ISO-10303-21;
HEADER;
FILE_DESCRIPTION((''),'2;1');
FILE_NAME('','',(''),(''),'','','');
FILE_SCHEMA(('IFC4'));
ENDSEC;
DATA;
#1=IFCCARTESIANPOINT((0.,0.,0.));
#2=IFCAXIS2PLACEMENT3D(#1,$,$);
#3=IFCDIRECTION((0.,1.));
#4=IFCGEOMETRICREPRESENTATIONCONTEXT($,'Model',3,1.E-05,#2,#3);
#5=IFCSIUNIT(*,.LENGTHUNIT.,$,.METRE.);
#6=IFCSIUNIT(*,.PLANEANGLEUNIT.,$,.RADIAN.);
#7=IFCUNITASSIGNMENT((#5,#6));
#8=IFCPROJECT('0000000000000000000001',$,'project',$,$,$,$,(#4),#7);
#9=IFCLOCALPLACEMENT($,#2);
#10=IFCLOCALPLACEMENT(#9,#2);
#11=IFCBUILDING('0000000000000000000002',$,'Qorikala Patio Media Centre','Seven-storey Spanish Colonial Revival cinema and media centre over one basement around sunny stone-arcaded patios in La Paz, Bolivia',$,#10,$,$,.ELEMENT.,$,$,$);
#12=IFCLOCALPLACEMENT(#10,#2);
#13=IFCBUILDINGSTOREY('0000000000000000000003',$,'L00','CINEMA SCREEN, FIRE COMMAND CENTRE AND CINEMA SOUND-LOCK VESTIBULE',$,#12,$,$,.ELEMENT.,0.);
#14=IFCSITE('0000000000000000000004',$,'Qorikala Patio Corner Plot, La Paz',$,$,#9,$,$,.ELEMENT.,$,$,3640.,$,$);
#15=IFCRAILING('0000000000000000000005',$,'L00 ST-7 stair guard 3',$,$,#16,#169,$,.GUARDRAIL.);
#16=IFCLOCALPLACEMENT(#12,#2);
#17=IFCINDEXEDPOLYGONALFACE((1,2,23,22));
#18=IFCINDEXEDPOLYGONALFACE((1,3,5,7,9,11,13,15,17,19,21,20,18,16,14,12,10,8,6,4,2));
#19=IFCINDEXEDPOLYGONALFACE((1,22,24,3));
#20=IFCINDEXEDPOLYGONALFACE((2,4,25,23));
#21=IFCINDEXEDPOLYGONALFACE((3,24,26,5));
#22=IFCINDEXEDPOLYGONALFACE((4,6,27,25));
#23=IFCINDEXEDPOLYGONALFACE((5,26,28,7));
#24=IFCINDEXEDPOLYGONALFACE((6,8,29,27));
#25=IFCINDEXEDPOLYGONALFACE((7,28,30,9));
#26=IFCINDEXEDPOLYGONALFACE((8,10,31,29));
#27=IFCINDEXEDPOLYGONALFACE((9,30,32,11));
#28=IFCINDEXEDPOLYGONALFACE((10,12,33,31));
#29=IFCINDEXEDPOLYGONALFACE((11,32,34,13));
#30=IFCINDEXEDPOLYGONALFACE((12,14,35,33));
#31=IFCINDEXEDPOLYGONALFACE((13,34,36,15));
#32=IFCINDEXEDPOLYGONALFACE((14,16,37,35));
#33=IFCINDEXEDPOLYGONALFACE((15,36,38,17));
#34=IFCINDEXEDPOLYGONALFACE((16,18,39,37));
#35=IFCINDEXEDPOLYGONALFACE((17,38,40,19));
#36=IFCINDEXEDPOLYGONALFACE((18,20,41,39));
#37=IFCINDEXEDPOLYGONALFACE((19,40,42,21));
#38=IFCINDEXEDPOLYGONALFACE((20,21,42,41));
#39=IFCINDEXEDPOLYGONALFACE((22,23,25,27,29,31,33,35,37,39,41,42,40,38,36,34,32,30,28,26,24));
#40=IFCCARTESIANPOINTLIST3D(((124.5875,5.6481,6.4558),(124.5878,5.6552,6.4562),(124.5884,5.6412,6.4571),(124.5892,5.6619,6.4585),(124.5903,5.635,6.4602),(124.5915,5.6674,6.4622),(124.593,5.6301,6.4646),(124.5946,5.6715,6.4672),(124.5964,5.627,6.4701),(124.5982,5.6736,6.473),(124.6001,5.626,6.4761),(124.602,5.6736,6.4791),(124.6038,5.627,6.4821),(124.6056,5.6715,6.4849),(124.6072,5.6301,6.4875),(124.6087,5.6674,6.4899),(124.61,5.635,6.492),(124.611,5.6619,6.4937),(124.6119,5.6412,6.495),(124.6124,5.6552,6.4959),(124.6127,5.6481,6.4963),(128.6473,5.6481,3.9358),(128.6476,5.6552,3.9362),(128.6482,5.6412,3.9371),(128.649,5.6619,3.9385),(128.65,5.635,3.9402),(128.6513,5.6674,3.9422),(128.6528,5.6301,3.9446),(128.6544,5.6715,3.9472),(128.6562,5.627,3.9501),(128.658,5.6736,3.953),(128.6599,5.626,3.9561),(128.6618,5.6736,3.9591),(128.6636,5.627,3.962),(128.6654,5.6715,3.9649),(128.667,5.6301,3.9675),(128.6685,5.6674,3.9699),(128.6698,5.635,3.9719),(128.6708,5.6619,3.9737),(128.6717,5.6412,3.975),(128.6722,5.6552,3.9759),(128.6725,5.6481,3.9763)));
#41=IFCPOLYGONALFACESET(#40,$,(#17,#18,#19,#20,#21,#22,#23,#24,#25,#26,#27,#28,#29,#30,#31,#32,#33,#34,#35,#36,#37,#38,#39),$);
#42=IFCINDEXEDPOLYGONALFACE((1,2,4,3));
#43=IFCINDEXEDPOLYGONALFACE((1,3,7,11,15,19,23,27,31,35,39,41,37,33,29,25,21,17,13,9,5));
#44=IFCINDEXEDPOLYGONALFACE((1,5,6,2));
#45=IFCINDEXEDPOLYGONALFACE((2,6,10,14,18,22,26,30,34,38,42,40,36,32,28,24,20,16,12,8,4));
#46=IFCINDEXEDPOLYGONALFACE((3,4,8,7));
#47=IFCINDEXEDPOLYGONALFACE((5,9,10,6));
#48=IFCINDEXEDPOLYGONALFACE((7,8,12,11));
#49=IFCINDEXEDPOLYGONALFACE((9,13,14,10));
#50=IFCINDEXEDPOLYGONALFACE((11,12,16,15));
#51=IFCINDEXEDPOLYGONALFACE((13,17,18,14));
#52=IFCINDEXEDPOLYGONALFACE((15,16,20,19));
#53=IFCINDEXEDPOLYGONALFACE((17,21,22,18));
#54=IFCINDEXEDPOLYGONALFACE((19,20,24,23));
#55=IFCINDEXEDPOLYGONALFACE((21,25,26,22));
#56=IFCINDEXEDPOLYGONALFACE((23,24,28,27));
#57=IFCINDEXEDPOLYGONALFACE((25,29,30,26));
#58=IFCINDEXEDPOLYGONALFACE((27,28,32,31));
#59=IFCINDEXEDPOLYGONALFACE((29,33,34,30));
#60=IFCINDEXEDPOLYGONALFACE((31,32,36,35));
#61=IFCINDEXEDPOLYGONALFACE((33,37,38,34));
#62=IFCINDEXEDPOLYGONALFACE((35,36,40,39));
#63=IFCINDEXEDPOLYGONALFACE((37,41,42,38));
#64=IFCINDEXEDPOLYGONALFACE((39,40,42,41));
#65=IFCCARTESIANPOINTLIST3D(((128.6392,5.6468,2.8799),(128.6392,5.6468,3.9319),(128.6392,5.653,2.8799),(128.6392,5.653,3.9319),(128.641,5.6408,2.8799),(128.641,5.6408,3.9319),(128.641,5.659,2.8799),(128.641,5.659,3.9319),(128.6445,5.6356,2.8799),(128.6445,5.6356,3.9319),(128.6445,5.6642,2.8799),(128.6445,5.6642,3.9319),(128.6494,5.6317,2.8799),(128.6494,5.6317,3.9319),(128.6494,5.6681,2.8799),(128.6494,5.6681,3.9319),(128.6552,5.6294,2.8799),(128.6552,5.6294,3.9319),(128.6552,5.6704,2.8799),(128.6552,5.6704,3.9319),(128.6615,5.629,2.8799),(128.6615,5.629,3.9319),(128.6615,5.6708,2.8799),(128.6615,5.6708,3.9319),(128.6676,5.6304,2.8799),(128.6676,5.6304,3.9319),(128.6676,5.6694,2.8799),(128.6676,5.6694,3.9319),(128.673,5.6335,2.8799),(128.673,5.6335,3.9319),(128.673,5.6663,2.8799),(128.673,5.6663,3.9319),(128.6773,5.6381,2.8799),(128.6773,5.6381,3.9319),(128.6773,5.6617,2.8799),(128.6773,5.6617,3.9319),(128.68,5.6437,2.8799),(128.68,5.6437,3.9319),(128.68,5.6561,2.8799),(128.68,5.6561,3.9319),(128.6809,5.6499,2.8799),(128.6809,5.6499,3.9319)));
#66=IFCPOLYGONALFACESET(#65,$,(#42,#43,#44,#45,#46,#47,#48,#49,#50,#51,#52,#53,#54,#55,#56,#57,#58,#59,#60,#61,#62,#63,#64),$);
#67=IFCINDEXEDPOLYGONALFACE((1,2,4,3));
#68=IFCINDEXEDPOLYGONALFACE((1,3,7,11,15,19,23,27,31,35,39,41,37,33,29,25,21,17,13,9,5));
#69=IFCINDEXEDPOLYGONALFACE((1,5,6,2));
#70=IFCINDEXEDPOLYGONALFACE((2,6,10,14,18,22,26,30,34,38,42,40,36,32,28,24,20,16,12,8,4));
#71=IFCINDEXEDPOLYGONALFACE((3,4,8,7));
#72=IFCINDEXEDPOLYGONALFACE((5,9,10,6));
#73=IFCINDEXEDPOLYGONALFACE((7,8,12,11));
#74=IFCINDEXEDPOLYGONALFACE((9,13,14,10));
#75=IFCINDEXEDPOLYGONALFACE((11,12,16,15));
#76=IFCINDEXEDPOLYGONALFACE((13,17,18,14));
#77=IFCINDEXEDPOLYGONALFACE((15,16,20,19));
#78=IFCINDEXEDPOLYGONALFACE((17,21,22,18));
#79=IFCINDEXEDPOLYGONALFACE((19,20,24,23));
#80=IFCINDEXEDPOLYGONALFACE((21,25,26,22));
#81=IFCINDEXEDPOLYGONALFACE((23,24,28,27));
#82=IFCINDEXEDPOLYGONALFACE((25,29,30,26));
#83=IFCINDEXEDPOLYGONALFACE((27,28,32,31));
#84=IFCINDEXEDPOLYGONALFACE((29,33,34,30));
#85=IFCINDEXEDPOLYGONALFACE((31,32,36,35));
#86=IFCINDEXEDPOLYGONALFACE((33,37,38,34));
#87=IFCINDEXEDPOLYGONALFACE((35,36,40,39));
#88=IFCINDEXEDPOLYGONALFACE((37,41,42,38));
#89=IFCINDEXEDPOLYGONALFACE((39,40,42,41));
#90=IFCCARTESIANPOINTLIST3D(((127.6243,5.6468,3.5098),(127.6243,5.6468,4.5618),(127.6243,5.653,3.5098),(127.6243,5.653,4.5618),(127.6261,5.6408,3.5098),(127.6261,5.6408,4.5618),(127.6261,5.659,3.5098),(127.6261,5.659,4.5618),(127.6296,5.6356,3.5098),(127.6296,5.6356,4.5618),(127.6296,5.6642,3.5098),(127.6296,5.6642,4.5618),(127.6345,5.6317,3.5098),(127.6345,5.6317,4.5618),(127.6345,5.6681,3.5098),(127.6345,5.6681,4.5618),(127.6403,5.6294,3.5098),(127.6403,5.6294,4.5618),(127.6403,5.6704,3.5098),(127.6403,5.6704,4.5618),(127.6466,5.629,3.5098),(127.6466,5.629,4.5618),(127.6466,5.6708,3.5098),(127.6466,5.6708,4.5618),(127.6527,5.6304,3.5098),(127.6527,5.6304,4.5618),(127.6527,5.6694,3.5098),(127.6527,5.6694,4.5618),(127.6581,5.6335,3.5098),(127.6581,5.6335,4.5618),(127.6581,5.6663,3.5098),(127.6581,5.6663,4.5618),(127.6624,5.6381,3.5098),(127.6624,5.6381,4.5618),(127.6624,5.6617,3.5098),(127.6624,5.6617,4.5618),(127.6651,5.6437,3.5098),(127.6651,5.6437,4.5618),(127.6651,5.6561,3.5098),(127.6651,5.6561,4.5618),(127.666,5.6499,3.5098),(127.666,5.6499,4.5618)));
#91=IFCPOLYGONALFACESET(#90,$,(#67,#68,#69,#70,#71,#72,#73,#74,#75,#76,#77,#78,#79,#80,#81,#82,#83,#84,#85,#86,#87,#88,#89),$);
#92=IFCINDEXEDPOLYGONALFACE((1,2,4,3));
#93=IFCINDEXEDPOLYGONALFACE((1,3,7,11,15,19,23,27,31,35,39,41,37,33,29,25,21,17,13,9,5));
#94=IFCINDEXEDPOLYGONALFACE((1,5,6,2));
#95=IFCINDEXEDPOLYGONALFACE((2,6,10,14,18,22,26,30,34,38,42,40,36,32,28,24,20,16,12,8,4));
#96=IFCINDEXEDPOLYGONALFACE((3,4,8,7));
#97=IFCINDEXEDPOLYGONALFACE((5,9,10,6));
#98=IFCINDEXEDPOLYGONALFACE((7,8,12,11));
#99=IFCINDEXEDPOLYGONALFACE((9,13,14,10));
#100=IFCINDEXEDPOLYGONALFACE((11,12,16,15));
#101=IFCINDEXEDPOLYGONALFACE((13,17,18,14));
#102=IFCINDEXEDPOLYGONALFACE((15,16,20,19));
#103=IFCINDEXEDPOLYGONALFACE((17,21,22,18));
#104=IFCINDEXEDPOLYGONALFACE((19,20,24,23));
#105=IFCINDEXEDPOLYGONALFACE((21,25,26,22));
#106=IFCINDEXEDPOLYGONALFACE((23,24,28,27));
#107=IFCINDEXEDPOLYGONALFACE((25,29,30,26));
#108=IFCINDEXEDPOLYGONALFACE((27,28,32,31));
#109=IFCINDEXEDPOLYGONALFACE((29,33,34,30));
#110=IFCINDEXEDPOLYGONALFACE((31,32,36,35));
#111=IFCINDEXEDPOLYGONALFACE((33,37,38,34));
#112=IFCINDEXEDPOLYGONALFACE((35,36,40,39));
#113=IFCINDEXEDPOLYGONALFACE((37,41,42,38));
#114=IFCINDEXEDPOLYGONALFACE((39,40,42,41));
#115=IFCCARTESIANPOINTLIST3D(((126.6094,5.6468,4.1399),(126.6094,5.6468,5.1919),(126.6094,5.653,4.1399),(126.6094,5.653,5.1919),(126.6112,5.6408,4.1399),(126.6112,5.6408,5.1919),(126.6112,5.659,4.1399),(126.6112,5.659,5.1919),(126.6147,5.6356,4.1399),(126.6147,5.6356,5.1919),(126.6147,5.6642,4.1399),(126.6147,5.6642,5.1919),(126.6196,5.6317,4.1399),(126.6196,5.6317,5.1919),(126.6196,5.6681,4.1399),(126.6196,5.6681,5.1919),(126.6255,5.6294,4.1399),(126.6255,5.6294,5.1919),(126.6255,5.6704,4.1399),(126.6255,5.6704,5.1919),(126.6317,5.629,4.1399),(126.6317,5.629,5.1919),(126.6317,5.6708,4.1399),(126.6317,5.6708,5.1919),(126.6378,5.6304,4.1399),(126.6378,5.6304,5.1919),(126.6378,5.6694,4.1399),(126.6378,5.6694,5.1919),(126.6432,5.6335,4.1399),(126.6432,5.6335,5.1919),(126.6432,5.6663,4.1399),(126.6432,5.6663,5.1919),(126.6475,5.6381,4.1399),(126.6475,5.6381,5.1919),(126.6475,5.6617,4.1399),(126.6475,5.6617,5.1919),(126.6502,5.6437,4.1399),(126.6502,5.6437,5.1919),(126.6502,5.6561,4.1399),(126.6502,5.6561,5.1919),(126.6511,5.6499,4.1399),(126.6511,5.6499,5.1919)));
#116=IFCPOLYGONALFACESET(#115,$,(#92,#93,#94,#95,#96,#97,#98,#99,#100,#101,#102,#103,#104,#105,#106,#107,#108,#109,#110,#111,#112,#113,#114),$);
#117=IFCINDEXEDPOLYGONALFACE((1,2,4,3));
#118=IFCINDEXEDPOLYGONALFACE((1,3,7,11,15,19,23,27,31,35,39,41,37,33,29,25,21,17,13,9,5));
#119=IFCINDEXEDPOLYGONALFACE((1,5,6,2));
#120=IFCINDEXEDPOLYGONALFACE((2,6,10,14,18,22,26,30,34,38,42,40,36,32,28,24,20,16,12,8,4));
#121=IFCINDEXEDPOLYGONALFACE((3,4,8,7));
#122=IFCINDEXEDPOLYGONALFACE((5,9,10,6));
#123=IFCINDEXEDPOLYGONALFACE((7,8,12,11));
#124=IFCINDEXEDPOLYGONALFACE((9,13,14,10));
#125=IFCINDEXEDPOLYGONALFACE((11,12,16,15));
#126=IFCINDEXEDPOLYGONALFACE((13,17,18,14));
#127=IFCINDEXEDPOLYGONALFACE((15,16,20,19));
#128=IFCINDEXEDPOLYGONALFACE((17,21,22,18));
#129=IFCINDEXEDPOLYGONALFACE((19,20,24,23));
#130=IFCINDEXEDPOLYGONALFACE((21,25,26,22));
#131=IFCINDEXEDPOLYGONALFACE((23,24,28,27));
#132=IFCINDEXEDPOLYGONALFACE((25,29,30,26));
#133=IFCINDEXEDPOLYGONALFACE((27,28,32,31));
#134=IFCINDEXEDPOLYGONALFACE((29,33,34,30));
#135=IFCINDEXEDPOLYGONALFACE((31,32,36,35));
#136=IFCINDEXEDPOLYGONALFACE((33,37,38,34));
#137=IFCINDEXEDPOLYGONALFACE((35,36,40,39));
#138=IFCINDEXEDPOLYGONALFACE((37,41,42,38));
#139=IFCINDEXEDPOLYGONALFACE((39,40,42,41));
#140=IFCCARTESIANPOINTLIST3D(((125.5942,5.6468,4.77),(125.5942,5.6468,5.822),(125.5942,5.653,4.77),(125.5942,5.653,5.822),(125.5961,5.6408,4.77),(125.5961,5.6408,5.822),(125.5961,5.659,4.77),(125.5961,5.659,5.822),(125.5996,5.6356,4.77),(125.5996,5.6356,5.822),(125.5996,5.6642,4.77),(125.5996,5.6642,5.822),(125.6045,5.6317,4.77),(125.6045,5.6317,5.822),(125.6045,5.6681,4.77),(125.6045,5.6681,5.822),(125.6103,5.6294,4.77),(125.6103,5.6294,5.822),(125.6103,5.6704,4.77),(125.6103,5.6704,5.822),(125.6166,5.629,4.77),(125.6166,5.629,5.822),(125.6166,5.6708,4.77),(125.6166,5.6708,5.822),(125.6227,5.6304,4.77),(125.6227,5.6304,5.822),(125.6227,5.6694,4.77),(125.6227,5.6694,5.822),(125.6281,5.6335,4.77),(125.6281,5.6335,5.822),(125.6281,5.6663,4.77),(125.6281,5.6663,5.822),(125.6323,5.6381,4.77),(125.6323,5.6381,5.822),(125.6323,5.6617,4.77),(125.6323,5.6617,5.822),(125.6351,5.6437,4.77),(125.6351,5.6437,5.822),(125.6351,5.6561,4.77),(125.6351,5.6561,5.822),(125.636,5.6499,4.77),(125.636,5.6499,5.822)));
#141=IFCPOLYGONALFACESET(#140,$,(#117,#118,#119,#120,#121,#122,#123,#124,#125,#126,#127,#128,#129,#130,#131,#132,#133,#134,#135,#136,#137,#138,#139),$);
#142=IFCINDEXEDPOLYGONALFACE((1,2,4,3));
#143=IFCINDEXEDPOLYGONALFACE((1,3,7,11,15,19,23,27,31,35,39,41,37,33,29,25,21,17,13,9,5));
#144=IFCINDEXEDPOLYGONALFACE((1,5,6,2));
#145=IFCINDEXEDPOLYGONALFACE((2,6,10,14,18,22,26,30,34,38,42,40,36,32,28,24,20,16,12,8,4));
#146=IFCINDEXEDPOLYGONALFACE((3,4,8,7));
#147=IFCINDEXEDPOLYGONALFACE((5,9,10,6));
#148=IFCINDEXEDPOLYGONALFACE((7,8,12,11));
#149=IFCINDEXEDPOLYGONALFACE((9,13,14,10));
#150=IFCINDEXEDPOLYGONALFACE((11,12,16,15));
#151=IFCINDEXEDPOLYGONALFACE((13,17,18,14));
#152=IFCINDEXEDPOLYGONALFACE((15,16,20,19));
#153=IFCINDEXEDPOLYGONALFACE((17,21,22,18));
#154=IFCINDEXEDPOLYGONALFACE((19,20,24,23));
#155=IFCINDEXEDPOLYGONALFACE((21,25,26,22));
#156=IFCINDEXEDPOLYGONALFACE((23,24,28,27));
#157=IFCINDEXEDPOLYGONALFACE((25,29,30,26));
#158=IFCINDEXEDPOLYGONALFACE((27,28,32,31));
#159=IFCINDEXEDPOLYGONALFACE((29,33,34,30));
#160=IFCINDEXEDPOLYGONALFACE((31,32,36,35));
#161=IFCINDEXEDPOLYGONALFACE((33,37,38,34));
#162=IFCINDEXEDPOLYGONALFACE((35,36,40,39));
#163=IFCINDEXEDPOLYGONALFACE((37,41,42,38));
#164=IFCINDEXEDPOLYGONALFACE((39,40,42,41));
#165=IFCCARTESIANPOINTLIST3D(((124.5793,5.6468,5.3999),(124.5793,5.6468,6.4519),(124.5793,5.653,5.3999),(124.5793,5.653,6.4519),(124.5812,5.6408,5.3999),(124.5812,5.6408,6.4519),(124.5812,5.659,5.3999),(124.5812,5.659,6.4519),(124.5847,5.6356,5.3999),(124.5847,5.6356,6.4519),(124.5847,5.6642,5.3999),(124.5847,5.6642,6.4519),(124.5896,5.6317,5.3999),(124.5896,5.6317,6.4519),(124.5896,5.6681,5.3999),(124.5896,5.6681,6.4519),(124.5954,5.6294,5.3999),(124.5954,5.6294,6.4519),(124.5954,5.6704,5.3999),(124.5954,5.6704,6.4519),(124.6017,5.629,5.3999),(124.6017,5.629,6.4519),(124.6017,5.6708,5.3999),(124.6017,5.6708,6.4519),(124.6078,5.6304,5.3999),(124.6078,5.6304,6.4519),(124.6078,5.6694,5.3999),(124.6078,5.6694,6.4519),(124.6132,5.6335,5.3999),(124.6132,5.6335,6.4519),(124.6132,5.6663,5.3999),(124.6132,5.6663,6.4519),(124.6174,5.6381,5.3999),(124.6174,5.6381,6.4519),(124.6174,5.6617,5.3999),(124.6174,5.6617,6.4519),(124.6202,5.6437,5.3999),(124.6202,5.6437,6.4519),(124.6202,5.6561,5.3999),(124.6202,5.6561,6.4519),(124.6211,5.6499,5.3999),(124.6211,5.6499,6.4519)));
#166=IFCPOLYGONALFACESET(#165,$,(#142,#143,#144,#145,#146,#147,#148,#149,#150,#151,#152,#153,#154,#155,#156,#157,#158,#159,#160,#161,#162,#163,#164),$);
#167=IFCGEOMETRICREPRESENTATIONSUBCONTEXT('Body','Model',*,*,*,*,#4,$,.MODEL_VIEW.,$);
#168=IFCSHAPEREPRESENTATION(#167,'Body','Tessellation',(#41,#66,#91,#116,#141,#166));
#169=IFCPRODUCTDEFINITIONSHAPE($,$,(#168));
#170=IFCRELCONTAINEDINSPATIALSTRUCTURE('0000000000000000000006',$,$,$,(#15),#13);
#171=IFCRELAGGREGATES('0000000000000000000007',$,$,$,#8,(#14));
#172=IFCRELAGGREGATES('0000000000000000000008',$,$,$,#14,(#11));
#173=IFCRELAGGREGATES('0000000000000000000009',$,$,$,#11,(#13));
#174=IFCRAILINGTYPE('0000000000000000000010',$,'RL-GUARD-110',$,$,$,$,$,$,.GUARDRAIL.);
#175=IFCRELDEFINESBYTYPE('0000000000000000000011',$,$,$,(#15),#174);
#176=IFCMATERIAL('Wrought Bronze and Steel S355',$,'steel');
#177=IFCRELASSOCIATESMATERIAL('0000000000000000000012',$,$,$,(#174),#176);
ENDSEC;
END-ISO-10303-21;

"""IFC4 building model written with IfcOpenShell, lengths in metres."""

from ifc_helpers import new_model, si_unit, direction, frame, origin, origin_2d, place, context, subcontext, project, spatial, circle, extrude, material, type_object, element, save


model = new_model("IFC4")

# Units and contexts
model_context = context("Model", 3, precision=1e-05, world=origin(), true_north=direction((0.0, 1.0)))
body_context = subcontext(model_context, "Body", "Model", "MODEL_VIEW")
ifc_project = project(units=[si_unit("LENGTHUNIT", "METRE"), si_unit("PLANEANGLEUNIT", "RADIAN")], contexts=[model_context])

# Site, building, storey
site_placement = place(None, origin())
site = spatial("IfcSite", under=ifc_project, at=site_placement, Name="Qorikala Patio Corner Plot, La Paz", CompositionType="ELEMENT", RefElevation=3640.0)
building_placement = place(site_placement, origin())
building = spatial("IfcBuilding", under=site, at=building_placement, Name="Qorikala Patio Media Centre", Description="Seven-storey Spanish Colonial Revival cinema and media centre over one basement around sunny stone-arcaded patios in La Paz, Bolivia", CompositionType="ELEMENT")
storey_placement = place(building_placement, origin())
storey = spatial("IfcBuildingStorey", under=building, at=storey_placement, Name="L00", Description="CINEMA SCREEN, FIRE COMMAND CENTRE AND CINEMA SOUND-LOCK VESTIBULE", CompositionType="ELEMENT", Elevation=0.0)

# Railing
ifc_material_1 = material(Name="Wrought Bronze and Steel S355", Category="steel")
railing_type_1 = type_object("IfcRailingType", Name="RL-GUARD-110", PredefinedType="GUARDRAIL", material=ifc_material_1)
railing_1_placement = place(storey_placement, frame((128.6599, 5.6499, 2.8799)))
element("IfcRailing", 1, at=railing_1_placement, inside=storey, type_object=railing_type_1, Name="L00 ST-7 stair guard 3", PredefinedType="GUARDRAIL", context=body_context, shape_type="SweptSolid", body=[
    extrude(circle(Radius=0.0239, at=origin_2d()), frame((0.0, 0.0, 1.0762), z_axis=(-0.849628, 0.0, 0.527383), x_axis=(0.0, -1.0, 0.0)), (0.0, 0.0, 1.0), 4.7783),
    extrude(circle(Radius=0.021, at=origin_2d()), origin(), (0.0, 0.0, 1.0), 1.052),
    extrude(circle(Radius=0.021, at=origin_2d()), frame((-1.0149, 0.0, 0.6299)), (0.0, 0.0, 1.0), 1.052),
    extrude(circle(Radius=0.021, at=origin_2d()), frame((-2.0298, 0.0, 1.26)), (0.0, 0.0, 1.0), 1.052),
    extrude(circle(Radius=0.021, at=origin_2d()), frame((-3.0449, 0.0, 1.8901)), (0.0, 0.0, 1.0), 1.052),
    extrude(circle(Radius=0.021, at=origin_2d()), frame((-4.0598, 0.0, 2.52)), (0.0, 0.0, 1.0), 1.052),
])

save(model, "model.ifc")
